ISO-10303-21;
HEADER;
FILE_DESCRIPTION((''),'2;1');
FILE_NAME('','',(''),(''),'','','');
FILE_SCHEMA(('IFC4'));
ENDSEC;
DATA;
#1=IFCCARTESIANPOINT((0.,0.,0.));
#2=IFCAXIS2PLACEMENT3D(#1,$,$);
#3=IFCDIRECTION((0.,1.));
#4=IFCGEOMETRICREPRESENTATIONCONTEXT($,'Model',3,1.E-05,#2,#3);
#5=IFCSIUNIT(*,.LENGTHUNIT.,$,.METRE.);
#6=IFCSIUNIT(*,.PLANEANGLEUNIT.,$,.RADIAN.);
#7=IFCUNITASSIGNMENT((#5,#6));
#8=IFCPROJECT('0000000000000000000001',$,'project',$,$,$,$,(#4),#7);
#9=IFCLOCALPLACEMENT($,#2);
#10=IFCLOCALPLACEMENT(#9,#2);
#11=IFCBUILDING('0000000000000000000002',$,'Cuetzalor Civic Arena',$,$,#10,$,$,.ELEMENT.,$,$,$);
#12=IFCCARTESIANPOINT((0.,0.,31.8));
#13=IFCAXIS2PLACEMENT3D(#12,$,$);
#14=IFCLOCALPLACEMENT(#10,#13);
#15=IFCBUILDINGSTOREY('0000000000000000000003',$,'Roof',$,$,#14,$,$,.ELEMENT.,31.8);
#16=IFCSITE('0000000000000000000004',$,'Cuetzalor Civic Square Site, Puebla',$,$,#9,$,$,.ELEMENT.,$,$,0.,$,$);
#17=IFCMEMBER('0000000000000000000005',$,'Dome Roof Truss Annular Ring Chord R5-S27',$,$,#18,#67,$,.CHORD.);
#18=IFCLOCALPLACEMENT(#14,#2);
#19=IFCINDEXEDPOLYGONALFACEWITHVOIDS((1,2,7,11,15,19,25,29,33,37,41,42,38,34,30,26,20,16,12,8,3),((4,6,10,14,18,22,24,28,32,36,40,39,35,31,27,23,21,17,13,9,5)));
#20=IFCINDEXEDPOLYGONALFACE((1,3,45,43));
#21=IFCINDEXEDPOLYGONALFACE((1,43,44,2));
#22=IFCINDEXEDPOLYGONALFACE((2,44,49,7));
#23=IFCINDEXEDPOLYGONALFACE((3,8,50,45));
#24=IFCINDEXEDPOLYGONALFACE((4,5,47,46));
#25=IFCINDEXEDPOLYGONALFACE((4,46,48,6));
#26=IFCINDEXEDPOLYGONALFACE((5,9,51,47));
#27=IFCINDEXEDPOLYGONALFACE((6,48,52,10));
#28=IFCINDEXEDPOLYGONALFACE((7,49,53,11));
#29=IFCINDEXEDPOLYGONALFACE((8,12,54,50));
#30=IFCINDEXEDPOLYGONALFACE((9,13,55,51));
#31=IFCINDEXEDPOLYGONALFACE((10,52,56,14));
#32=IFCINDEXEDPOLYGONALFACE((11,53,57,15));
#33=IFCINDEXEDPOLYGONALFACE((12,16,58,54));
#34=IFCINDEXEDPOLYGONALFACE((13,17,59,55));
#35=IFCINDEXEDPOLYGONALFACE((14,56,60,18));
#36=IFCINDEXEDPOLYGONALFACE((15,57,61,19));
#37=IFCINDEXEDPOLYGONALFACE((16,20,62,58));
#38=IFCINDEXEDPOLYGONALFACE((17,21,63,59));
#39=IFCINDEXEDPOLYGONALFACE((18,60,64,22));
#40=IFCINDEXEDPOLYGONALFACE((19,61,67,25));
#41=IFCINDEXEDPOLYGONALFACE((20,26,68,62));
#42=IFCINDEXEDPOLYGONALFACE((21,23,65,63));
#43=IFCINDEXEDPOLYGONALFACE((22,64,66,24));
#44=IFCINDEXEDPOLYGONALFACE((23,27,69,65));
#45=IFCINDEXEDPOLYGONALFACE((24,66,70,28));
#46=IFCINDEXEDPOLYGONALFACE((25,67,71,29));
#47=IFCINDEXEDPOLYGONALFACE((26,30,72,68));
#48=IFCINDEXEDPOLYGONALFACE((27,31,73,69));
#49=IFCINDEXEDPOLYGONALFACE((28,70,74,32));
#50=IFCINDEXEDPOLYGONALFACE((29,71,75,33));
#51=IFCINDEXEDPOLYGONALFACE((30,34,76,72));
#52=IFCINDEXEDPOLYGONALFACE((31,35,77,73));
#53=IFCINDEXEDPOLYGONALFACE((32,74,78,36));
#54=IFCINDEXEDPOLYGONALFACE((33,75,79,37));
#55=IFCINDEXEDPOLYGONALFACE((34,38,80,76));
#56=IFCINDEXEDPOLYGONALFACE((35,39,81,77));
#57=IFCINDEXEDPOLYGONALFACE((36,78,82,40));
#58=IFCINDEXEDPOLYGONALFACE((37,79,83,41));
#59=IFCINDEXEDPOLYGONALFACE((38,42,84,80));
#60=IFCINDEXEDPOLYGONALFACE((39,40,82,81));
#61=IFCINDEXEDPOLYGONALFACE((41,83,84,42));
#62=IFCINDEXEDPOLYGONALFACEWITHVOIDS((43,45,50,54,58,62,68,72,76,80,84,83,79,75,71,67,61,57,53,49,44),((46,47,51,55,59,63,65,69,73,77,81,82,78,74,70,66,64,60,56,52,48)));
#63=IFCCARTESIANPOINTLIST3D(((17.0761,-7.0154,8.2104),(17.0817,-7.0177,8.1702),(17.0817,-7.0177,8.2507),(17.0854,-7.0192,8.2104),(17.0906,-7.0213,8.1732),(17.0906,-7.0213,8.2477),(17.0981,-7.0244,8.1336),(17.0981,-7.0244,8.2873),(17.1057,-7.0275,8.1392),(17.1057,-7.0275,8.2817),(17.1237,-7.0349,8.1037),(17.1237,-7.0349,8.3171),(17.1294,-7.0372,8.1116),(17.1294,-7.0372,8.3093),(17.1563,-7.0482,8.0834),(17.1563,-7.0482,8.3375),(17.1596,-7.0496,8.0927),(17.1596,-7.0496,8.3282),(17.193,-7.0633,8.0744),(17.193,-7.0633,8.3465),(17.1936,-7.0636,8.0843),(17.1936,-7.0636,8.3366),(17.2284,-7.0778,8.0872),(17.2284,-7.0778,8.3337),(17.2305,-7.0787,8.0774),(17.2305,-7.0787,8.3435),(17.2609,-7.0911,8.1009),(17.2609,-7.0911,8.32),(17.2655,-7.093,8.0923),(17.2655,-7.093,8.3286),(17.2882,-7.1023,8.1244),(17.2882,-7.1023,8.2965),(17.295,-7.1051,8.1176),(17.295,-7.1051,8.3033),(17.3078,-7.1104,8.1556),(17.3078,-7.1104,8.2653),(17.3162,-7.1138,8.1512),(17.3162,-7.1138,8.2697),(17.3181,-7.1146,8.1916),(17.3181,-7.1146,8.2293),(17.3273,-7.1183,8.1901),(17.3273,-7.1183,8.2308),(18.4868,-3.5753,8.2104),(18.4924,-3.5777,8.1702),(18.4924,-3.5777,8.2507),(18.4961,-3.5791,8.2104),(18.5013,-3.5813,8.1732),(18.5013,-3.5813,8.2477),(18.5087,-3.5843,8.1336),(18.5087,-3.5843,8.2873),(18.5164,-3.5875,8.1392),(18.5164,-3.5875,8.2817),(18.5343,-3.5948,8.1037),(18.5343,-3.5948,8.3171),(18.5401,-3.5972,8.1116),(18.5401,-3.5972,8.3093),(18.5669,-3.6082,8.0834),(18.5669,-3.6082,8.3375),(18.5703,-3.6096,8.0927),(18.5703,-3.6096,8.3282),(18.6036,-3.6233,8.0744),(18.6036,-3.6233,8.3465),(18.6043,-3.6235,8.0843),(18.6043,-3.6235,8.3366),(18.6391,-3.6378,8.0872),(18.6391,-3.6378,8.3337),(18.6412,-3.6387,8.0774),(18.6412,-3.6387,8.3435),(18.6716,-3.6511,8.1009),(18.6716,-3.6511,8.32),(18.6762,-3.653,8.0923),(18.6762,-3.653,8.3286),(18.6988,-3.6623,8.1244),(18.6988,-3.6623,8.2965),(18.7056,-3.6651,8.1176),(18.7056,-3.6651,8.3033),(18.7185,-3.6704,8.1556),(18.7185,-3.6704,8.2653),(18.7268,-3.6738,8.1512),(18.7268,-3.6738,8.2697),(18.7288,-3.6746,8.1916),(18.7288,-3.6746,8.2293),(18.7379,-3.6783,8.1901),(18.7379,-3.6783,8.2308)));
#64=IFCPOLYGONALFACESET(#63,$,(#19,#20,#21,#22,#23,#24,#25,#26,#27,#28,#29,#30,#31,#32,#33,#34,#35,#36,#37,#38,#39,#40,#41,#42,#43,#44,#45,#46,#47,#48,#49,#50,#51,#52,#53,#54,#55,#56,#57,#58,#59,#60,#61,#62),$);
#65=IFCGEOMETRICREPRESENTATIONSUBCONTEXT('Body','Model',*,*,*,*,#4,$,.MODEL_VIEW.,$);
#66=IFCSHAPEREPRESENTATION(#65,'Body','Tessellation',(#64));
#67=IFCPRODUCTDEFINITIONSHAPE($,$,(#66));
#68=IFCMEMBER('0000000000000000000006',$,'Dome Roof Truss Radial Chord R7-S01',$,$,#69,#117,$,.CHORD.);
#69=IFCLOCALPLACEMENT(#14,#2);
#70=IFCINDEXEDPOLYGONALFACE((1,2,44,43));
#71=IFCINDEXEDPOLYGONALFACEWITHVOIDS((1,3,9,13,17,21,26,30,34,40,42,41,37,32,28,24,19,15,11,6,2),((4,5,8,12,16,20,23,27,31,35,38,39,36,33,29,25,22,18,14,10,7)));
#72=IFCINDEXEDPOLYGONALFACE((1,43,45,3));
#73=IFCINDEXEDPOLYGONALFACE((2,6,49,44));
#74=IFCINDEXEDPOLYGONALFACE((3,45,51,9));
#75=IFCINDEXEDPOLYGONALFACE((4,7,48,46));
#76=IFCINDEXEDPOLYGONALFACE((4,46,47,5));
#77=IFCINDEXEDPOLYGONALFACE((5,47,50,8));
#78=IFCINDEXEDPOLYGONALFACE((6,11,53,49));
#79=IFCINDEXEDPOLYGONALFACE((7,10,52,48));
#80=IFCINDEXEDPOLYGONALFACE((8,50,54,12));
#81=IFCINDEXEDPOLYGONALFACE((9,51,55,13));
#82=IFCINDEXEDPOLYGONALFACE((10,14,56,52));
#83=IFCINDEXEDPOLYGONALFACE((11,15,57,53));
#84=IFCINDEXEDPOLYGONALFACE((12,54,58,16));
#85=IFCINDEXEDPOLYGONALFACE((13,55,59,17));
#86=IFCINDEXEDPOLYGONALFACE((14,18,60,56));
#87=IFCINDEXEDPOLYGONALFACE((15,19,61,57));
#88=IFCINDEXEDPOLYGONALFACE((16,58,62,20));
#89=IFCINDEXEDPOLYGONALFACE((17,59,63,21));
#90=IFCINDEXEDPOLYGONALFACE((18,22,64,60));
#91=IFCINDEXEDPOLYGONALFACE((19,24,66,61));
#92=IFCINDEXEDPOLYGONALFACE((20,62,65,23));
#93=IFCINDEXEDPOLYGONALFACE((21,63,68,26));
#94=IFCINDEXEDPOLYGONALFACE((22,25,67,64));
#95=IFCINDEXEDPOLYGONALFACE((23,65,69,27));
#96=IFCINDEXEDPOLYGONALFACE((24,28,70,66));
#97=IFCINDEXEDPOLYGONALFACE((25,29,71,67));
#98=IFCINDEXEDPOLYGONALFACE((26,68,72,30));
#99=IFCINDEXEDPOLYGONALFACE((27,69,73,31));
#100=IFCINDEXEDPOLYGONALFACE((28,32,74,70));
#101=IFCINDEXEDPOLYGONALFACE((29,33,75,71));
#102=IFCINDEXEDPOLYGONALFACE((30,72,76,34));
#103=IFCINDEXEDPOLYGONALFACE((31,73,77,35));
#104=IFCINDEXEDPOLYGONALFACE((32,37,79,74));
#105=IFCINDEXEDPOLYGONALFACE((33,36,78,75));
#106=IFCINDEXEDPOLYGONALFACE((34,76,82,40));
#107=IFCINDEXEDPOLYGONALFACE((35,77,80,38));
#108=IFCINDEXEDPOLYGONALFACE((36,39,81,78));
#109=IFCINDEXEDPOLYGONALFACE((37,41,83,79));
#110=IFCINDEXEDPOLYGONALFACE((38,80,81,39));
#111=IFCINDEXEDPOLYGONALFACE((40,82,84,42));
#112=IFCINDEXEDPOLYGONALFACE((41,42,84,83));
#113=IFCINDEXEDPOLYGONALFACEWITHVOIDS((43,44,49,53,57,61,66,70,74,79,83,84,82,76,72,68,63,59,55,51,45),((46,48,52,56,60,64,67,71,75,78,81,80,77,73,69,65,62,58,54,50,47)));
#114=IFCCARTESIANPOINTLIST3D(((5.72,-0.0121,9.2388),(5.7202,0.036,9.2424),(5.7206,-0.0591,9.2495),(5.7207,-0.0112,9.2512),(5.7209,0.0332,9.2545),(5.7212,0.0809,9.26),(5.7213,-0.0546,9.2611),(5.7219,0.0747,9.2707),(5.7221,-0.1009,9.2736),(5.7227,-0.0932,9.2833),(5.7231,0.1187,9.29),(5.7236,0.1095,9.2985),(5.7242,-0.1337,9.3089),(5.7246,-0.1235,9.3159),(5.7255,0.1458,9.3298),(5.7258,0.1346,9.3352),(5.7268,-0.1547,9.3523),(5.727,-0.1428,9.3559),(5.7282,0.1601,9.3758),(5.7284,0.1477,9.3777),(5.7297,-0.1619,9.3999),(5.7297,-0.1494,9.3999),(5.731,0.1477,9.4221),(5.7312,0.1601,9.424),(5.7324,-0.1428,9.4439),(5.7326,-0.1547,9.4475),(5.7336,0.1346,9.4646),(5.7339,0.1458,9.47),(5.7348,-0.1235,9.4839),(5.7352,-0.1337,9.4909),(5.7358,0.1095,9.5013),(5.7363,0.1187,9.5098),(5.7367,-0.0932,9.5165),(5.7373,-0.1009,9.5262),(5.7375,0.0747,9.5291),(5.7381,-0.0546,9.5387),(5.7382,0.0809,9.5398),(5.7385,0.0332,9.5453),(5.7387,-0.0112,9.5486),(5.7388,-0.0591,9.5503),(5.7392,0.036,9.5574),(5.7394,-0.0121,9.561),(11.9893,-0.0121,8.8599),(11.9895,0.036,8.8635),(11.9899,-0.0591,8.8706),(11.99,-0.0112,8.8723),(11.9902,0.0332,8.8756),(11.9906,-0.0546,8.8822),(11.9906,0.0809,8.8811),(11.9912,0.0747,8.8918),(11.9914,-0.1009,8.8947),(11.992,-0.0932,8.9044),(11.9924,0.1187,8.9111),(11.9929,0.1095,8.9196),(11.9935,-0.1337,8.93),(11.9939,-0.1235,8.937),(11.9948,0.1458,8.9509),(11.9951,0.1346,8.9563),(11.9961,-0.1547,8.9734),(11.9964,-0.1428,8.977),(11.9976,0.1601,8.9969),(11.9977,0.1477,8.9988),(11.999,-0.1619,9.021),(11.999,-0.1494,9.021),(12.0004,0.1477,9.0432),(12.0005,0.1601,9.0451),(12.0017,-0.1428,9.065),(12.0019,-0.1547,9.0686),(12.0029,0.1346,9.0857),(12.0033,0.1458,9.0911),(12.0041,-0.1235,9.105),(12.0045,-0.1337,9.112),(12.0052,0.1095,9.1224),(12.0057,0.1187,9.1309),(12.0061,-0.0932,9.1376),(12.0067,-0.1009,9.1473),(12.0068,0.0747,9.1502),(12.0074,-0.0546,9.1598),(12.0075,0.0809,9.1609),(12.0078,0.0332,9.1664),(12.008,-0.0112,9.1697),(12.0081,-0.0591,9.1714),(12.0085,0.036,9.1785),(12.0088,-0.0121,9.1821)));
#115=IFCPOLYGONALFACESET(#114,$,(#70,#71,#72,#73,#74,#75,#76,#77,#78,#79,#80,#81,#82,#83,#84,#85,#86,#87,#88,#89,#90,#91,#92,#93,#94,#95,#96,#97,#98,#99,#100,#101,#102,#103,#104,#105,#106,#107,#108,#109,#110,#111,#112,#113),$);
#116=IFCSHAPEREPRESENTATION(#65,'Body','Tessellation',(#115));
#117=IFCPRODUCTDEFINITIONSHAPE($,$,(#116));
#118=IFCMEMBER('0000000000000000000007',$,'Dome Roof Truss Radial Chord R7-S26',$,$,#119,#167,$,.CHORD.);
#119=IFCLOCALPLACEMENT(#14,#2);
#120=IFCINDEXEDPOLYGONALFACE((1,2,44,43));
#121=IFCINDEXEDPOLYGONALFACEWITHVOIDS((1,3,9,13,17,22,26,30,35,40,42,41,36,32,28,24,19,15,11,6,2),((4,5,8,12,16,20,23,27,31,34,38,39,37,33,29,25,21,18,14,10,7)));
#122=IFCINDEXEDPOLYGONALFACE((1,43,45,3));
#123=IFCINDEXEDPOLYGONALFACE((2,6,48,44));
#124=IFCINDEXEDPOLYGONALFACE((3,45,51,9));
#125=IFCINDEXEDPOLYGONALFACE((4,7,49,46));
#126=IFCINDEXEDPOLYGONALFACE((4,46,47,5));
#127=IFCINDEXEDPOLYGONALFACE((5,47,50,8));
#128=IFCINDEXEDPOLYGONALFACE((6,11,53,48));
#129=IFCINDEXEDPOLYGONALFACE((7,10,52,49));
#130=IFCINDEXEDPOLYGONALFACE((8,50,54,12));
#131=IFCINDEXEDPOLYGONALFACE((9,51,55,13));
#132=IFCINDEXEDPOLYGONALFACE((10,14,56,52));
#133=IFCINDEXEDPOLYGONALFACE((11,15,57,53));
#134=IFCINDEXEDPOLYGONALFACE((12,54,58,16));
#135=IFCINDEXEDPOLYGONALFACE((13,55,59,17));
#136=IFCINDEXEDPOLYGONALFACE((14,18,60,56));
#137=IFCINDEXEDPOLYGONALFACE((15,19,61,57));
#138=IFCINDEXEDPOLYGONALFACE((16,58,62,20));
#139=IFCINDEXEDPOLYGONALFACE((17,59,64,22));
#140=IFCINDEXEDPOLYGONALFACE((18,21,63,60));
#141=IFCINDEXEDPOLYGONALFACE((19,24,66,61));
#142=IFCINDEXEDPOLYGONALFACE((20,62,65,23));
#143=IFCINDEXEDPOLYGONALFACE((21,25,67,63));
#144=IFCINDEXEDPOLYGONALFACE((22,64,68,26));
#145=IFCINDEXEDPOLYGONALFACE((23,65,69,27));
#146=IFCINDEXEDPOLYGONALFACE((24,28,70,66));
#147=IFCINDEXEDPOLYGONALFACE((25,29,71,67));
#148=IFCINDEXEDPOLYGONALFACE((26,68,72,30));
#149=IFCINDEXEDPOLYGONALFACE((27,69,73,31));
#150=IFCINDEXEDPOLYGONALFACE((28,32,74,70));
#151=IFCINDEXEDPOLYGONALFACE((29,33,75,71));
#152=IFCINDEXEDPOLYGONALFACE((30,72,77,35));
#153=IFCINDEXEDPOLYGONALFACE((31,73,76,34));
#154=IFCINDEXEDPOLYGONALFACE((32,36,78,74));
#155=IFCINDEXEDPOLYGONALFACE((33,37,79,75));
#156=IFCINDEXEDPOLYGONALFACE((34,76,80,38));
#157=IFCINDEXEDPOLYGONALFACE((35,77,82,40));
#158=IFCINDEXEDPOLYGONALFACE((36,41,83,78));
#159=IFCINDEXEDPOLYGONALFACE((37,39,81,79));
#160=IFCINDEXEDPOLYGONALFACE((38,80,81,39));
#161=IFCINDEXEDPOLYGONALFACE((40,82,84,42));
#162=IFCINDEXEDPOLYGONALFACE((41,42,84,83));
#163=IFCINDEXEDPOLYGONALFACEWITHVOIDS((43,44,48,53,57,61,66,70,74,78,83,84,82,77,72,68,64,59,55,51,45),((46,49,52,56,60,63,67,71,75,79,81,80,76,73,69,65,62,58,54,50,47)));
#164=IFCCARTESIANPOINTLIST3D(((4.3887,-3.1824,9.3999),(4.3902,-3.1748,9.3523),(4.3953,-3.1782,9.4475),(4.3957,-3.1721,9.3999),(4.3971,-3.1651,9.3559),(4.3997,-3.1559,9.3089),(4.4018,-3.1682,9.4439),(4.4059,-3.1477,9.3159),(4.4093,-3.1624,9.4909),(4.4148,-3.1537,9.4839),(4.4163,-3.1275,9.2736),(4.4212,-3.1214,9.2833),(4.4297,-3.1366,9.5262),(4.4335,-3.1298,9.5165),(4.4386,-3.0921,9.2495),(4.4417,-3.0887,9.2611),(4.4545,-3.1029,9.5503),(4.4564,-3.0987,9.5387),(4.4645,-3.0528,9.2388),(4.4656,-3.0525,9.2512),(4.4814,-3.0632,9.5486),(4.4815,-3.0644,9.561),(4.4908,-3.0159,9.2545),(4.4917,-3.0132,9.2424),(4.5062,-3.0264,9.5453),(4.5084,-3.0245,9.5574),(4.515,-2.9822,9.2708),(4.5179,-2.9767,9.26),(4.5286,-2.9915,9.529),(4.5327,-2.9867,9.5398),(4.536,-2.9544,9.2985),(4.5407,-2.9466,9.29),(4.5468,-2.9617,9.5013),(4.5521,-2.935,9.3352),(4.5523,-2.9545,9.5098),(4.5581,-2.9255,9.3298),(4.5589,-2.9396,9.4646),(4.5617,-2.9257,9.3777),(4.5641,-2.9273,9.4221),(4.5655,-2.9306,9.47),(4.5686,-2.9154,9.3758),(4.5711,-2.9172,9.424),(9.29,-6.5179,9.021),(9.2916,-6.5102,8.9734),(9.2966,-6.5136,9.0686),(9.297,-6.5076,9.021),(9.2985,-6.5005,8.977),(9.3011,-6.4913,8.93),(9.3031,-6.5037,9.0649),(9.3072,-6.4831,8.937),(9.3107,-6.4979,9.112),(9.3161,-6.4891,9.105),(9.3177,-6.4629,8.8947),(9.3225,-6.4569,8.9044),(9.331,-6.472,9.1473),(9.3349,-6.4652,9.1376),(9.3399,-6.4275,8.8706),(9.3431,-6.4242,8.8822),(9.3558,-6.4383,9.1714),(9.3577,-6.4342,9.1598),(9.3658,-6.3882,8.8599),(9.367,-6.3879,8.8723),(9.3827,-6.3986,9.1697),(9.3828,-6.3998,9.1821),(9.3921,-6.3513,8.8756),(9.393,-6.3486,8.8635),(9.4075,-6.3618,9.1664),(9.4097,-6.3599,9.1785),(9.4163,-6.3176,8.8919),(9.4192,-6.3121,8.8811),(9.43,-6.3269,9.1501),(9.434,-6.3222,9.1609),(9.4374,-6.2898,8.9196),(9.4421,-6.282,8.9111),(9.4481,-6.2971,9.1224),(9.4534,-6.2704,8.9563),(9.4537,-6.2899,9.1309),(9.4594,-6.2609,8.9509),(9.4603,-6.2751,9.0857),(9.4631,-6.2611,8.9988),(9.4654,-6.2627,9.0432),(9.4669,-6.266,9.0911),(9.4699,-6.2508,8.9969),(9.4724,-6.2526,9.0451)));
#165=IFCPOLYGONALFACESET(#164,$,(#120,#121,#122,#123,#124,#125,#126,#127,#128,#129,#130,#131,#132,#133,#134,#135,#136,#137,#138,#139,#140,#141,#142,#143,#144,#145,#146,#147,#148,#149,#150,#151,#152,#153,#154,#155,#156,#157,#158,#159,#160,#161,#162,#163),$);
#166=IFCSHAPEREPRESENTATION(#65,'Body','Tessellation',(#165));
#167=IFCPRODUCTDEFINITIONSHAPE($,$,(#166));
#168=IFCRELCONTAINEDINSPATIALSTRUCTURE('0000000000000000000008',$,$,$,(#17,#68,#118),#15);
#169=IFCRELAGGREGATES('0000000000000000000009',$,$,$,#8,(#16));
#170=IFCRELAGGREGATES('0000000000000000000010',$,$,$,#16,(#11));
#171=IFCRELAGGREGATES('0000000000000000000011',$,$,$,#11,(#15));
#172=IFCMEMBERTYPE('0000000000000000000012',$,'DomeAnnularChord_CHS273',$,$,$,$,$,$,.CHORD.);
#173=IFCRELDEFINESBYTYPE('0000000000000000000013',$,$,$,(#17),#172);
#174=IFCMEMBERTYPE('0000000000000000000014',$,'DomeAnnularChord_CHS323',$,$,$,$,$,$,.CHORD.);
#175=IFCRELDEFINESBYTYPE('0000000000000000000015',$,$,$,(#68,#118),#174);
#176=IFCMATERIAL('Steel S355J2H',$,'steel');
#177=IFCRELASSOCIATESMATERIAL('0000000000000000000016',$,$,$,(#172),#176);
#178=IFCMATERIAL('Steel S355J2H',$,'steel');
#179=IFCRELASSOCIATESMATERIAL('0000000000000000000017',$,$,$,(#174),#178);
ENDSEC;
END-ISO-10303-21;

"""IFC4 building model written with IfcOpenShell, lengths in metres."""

from ifc_helpers import new_model, si_unit, direction, frame, origin, origin_2d, place, context, subcontext, project, spatial, hollow_circle, extrude, material, material_profile, profile_set, type_object, element, save


model = new_model("IFC4")

# Units and contexts
model_context = context("Model", 3, precision=1e-05, world=origin(), true_north=direction((0.0, 1.0)))
body_context = subcontext(model_context, "Body", "Model", "MODEL_VIEW")
ifc_project = project(units=[si_unit("LENGTHUNIT", "METRE"), si_unit("PLANEANGLEUNIT", "RADIAN")], contexts=[model_context])

# Site, building, storey
site_placement = place(None, origin())
site = spatial("IfcSite", under=ifc_project, at=site_placement, Name="Cuetzalor Civic Square Site, Puebla", CompositionType="ELEMENT", RefElevation=0.0)
building_placement = place(site_placement, origin())
building = spatial("IfcBuilding", under=site, at=building_placement, Name="Cuetzalor Civic Arena", CompositionType="ELEMENT")
storey_placement = place(building_placement, frame((0.0, 0.0, 31.8)))
storey = spatial("IfcBuildingStorey", under=building, at=storey_placement, Name="Roof", CompositionType="ELEMENT", Elevation=31.8)

# Members
ifc_material_1 = material(Name="Steel S355J2H", Category="steel")
ifc_material_profile_1 = material_profile(ifc_material_1, hollow_circle(Radius=0.1365, WallThickness=0.01, at=origin_2d()), Name="CHS 273x10")
ifc_profile_set_1 = profile_set([ifc_material_profile_1], Name="Steel S355J2H")
member_type_1 = type_object("IfcMemberType", Name="DomeAnnularChord_CHS273", PredefinedType="CHORD", material=ifc_profile_set_1)
member_1_placement = place(storey_placement, frame((17.2024, -7.0671, 8.2104), z_axis=(0.379415, 0.925227, 0.0), x_axis=(-0.925227, 0.379415, 0.0)))
element("IfcMember", 1, at=member_1_placement, inside=storey, type_object=member_type_1, Name="Dome Roof Truss Annular Ring Chord R5-S27", PredefinedType="CHORD", context=body_context, shape_type="SweptSolid", body=[
    extrude(hollow_circle(Radius=0.1365, WallThickness=0.01, at=origin_2d()), origin(), (0.0, 0.0, 1.0), 3.718),
])
ifc_material_2 = material(Name="Steel S355J2H", Category="steel")
ifc_material_profile_2 = material_profile(ifc_material_2, hollow_circle(Radius=0.1619, WallThickness=0.0125, at=origin_2d()), Name="CHS 323.9x12.5")
ifc_profile_set_2 = profile_set([ifc_material_profile_2], Name="Steel S355J2H")
member_type_2 = type_object("IfcMemberType", Name="DomeAnnularChord_CHS323", PredefinedType="CHORD", material=ifc_profile_set_2)
member_2_placement = place(storey_placement, frame((11.999, 0.0, 9.021), z_axis=(-0.998179, 0.0, 0.060328), x_axis=(0.0, -1.0, 0.0)))
element("IfcMember", 2, at=member_2_placement, inside=storey, type_object=member_type_2, Name="Dome Roof Truss Radial Chord R7-S01", PredefinedType="CHORD", context=body_context, shape_type="SweptSolid", body=[
    extrude(hollow_circle(Radius=0.1619, WallThickness=0.0125, at=origin_2d()), origin(), (0.0, 0.0, 1.0), 6.2808),
])
member_3_placement = place(storey_placement, frame((9.3811, -6.384, 9.021), z_axis=(-0.825046, 0.561455, 0.063781), x_axis=(-0.562601, -0.826729, 0.0)))
element("IfcMember", 3, at=member_3_placement, inside=storey, type_object=member_type_2, Name="Dome Roof Truss Radial Chord R7-S26", PredefinedType="CHORD", context=body_context, shape_type="SweptSolid", body=[
    extrude(hollow_circle(Radius=0.1619, WallThickness=0.0125, at=origin_2d()), origin(), (0.0, 0.0, 1.0), 5.9407),
])

save(model, "model.ifc")
